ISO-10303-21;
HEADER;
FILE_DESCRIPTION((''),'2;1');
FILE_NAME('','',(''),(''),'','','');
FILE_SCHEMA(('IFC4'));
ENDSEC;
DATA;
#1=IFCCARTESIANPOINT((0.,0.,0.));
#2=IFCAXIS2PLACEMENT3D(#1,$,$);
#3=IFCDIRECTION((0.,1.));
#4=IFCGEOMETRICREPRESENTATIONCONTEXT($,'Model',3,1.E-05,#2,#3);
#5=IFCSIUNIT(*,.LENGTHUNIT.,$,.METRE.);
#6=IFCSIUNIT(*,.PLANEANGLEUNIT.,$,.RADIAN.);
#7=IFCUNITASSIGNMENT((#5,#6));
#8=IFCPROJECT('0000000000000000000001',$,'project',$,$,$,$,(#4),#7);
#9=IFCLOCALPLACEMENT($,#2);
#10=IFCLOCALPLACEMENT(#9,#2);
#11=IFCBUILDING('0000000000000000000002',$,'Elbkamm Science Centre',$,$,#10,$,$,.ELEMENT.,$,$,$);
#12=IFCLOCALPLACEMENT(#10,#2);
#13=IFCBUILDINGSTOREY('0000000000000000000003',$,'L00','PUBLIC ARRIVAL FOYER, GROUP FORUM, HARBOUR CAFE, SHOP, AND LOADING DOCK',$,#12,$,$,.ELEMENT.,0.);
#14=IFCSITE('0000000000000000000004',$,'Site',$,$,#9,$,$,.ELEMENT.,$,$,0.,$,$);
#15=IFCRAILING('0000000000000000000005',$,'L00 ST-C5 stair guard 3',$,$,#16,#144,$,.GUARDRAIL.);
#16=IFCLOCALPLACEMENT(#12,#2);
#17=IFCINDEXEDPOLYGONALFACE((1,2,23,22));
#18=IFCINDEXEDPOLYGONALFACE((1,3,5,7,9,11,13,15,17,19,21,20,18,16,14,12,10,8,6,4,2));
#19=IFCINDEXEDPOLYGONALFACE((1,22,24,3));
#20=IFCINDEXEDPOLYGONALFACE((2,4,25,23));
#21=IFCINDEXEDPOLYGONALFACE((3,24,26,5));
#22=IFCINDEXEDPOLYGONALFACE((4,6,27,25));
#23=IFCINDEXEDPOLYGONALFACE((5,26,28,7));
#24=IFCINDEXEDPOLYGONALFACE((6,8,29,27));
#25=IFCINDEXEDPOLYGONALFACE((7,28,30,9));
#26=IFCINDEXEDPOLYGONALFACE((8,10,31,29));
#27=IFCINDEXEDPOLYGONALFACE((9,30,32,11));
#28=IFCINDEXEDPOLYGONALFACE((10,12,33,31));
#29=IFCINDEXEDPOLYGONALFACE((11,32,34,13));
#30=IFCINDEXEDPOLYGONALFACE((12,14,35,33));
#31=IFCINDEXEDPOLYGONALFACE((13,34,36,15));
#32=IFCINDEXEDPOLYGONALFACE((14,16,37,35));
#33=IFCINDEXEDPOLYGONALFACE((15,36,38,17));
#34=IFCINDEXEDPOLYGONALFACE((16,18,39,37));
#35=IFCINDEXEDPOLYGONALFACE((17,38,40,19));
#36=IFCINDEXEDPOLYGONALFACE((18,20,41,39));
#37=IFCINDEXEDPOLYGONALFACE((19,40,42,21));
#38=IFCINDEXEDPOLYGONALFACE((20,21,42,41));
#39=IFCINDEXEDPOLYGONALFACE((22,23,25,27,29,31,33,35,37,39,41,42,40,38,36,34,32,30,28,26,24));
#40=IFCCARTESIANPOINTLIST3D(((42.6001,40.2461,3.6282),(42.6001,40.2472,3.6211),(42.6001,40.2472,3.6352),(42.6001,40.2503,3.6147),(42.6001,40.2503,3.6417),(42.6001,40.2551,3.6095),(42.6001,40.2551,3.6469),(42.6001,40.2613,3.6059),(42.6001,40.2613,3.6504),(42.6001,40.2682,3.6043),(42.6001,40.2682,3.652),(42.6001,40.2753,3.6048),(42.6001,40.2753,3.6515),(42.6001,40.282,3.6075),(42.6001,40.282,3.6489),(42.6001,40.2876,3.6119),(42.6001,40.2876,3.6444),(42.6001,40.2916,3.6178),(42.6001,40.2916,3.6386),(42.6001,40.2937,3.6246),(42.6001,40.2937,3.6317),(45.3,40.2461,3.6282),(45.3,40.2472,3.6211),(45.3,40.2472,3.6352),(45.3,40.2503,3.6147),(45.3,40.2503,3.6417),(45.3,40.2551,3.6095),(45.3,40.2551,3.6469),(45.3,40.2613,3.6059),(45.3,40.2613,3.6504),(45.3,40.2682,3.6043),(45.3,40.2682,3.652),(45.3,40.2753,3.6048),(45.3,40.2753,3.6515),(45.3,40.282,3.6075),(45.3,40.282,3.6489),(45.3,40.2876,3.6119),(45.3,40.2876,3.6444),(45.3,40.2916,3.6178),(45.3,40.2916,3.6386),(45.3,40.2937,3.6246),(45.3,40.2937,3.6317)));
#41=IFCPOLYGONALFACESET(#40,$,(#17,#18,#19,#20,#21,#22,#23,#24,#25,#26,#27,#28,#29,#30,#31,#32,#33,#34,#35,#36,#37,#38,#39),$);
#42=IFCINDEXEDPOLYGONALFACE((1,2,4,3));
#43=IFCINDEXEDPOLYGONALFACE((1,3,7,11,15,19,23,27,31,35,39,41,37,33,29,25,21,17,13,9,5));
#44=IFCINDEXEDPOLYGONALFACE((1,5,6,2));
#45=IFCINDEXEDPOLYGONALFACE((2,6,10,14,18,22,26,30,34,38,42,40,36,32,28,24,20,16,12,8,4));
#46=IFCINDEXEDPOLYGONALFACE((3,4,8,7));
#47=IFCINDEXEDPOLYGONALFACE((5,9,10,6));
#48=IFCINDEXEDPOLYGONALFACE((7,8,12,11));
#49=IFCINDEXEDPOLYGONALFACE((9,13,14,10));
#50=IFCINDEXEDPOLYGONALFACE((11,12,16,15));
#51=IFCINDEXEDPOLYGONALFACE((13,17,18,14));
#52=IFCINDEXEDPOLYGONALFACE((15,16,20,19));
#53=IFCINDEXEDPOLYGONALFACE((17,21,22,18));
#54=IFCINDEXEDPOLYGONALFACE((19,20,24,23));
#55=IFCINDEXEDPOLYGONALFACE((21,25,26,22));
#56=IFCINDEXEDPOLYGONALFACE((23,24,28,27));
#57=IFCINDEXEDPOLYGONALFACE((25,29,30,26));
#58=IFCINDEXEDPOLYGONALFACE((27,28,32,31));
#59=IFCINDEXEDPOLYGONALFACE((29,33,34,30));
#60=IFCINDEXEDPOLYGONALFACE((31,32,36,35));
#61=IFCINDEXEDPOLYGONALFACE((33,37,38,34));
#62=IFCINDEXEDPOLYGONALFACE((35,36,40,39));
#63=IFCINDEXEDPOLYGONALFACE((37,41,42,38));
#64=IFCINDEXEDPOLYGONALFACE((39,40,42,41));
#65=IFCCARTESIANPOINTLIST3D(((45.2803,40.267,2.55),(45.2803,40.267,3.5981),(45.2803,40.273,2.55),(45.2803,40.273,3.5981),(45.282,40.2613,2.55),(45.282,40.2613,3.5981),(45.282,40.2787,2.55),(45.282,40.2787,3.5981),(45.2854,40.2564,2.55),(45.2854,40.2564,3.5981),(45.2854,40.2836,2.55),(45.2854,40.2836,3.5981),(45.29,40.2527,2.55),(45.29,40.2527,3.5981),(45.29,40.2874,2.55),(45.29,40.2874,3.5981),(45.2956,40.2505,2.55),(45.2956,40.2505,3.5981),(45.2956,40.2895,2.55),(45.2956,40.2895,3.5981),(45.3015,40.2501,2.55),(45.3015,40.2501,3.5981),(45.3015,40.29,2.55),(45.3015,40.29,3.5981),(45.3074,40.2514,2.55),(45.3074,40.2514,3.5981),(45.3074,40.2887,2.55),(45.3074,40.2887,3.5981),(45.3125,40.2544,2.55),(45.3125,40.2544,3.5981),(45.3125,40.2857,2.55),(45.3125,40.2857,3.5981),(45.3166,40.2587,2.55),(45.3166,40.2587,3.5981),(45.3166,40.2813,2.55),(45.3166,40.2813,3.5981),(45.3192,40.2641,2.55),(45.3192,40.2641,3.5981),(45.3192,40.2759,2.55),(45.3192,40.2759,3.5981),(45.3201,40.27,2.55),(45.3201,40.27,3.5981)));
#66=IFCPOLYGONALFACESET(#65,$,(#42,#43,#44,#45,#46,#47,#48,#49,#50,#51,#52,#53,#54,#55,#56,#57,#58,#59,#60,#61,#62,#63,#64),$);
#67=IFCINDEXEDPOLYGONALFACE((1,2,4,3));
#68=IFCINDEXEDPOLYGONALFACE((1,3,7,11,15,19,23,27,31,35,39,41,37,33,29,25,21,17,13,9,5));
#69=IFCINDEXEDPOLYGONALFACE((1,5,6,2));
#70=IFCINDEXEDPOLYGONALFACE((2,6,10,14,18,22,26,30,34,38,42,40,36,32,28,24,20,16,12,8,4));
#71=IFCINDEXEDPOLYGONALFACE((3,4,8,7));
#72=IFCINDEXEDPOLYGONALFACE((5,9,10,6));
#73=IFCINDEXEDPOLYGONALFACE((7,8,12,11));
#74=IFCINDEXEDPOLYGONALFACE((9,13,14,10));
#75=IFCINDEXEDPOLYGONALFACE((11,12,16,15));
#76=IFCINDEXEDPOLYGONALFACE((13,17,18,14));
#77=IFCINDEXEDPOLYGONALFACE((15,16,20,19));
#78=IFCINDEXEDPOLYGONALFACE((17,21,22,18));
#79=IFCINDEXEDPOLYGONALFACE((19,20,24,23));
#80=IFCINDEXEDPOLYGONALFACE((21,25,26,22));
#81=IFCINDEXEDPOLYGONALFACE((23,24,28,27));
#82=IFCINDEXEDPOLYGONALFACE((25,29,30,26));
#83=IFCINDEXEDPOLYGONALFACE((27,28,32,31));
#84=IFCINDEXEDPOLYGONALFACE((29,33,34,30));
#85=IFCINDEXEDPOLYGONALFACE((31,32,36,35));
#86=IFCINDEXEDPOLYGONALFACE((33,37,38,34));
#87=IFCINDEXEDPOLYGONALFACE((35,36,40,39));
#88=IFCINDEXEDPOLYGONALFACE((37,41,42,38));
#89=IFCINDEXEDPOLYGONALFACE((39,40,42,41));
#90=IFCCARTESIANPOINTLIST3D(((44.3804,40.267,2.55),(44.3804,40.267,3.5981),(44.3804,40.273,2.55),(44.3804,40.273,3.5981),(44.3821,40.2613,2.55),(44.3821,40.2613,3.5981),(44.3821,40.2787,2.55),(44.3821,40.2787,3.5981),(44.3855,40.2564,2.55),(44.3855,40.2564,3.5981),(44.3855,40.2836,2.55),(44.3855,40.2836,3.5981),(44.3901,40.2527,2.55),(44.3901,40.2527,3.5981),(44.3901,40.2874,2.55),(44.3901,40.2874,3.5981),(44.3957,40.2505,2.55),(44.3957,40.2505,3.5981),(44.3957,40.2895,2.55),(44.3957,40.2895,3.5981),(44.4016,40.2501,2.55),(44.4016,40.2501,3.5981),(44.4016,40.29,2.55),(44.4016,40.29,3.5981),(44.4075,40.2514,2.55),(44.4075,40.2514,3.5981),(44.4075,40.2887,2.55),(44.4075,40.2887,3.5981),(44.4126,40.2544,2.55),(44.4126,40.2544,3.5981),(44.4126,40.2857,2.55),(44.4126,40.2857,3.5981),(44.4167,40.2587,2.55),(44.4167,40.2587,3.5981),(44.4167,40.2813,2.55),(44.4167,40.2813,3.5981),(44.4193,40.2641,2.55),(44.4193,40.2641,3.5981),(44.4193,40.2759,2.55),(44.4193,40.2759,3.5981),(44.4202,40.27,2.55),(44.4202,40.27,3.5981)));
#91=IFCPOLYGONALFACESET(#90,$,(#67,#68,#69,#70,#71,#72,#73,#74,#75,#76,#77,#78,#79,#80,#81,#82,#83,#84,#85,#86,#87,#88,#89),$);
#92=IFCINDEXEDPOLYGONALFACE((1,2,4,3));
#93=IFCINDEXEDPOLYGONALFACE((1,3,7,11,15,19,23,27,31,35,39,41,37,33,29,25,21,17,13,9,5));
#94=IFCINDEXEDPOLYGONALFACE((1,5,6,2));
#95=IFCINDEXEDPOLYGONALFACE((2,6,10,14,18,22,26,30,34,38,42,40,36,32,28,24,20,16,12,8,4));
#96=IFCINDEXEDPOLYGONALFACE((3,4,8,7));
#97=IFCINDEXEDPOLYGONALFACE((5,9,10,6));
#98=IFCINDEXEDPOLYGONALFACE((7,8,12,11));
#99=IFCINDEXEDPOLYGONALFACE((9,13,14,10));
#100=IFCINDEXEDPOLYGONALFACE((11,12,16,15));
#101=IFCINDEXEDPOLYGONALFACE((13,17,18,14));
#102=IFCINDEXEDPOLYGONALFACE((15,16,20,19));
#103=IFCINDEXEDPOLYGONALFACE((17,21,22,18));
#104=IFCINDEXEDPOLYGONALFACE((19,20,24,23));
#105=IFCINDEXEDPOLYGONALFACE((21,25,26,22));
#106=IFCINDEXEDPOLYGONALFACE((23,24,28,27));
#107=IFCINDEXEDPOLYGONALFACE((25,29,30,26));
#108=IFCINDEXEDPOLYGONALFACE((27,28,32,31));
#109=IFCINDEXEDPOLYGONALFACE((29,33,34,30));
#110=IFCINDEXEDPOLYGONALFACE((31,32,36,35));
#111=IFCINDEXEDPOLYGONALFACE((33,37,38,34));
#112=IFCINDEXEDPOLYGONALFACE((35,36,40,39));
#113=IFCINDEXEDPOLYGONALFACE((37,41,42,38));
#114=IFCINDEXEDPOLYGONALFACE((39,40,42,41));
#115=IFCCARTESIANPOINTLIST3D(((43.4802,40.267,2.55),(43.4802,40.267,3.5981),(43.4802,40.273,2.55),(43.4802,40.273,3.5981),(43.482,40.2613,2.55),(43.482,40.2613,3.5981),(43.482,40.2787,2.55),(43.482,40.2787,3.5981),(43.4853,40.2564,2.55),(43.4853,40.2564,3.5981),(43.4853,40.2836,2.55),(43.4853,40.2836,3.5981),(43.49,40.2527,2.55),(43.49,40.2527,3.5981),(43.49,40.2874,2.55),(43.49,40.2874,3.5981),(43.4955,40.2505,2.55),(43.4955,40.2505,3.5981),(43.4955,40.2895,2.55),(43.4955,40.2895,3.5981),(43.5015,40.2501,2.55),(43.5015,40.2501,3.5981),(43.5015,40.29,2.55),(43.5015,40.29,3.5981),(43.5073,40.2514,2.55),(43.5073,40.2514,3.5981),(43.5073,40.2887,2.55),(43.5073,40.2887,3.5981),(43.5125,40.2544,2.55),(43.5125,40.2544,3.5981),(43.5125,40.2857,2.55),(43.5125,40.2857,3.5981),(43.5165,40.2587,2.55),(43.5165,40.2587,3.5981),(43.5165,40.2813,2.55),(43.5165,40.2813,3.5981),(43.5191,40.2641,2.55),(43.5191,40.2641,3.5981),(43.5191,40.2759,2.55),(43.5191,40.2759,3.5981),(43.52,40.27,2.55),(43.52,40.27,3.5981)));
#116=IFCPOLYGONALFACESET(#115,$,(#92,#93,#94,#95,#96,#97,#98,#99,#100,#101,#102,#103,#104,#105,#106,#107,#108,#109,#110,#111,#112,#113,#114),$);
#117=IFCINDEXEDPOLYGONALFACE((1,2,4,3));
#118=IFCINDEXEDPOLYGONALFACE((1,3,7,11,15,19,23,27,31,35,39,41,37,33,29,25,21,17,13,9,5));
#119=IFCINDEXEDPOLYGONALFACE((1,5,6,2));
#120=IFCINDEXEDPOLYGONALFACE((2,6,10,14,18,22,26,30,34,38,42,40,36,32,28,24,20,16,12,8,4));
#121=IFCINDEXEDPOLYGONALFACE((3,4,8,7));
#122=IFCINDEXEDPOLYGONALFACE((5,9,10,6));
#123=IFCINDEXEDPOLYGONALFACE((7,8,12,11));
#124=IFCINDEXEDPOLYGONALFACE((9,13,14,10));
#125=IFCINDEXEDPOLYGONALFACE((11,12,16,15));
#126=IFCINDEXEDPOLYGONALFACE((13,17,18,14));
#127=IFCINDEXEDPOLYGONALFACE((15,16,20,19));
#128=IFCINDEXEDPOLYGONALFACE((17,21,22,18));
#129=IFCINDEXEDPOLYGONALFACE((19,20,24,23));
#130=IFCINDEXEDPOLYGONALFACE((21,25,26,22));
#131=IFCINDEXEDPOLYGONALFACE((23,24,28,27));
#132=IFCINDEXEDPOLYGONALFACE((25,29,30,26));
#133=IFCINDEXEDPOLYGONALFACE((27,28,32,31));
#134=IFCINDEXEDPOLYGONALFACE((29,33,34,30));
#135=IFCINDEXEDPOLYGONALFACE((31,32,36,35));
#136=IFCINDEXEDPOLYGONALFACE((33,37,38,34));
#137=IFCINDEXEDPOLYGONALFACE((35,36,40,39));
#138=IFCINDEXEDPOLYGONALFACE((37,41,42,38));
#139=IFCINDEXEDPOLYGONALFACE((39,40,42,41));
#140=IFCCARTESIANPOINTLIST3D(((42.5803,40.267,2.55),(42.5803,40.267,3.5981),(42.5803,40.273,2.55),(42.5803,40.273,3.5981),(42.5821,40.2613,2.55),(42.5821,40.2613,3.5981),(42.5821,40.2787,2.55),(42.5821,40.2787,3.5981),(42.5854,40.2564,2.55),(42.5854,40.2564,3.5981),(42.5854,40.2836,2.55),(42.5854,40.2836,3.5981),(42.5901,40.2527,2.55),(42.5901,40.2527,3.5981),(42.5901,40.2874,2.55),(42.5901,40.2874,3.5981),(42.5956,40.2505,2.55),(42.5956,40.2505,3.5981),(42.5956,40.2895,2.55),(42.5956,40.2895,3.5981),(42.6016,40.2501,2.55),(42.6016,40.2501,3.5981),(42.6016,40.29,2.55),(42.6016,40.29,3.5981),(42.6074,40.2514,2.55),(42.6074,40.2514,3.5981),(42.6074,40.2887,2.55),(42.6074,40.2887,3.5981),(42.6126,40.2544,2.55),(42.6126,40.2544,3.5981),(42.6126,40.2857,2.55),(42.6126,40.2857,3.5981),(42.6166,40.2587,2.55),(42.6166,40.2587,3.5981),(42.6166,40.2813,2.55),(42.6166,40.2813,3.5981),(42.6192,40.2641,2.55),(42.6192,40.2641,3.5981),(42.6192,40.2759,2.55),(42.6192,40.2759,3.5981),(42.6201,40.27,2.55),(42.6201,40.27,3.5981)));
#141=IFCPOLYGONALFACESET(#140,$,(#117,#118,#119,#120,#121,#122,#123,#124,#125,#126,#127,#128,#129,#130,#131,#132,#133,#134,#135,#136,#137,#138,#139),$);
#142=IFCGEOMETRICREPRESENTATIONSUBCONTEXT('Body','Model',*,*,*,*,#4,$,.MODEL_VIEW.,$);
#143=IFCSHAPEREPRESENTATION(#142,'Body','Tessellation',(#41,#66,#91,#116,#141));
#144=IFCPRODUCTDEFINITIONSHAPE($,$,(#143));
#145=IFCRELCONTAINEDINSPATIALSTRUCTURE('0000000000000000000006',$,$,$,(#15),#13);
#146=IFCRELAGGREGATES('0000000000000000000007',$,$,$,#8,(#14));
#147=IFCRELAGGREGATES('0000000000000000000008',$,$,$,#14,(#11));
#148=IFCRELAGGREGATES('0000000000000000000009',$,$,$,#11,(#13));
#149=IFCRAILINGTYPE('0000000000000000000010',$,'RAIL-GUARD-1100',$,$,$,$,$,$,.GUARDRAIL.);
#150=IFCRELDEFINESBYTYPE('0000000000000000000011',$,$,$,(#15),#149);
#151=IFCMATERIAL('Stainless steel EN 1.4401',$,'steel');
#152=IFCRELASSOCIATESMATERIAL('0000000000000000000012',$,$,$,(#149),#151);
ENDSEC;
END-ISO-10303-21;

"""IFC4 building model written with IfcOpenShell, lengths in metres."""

from ifc_helpers import new_model, si_unit, direction, frame, origin, origin_2d, place, context, subcontext, project, spatial, circle, extrude, material, type_object, element, save


model = new_model("IFC4")

# Units and contexts
model_context = context("Model", 3, precision=1e-05, world=origin(), true_north=direction((0.0, 1.0)))
body_context = subcontext(model_context, "Body", "Model", "MODEL_VIEW")
ifc_project = project(units=[si_unit("LENGTHUNIT", "METRE"), si_unit("PLANEANGLEUNIT", "RADIAN")], contexts=[model_context])

# Site, building, storey
site_placement = place(None, origin())
site = spatial("IfcSite", under=ifc_project, at=site_placement, Name="Site", CompositionType="ELEMENT", RefElevation=0.0)
building_placement = place(site_placement, origin())
building = spatial("IfcBuilding", under=site, at=building_placement, Name="Elbkamm Science Centre", CompositionType="ELEMENT")
storey_placement = place(building_placement, origin())
storey = spatial("IfcBuildingStorey", under=building, at=storey_placement, Name="L00", Description="PUBLIC ARRIVAL FOYER, GROUP FORUM, HARBOUR CAFE, SHOP, AND LOADING DOCK", CompositionType="ELEMENT", Elevation=0.0)

# Railing
ifc_material_1 = material(Name="Stainless steel EN 1.4401", Category="steel")
railing_type_1 = type_object("IfcRailingType", Name="RAIL-GUARD-1100", PredefinedType="GUARDRAIL", material=ifc_material_1)
for number, where, name in (
    (1, (45.3, 40.27, 2.55), "L00 ST-C5 stair guard 3"),
):
    element("IfcRailing", number, at=place(storey_placement, frame(where)), inside=storey, type_object=railing_type_1, Name=name, PredefinedType="GUARDRAIL", context=body_context, shape_type="SweptSolid", body=[
        extrude(circle(Radius=0.0239, at=origin_2d()), frame((0.0, 0.0, 1.0781), z_axis=(-1.0, 0.0, 0.0), x_axis=(0.0, -1.0, 0.0)), (0.0, 0.0, 1.0), 2.7),
        extrude(circle(Radius=0.02, at=origin_2d()), origin(), (0.0, 0.0, 1.0), 1.0481),
        extrude(circle(Radius=0.02, at=origin_2d()), frame((-0.8999, 0.0, 0.0)), (0.0, 0.0, 1.0), 1.0481),
        extrude(circle(Radius=0.02, at=origin_2d()), frame((-1.8, 0.0, 0.0)), (0.0, 0.0, 1.0), 1.0481),
        extrude(circle(Radius=0.02, at=origin_2d()), frame((-2.7, 0.0, 0.0)), (0.0, 0.0, 1.0), 1.0481),
    ])

save(model, "model.ifc")
